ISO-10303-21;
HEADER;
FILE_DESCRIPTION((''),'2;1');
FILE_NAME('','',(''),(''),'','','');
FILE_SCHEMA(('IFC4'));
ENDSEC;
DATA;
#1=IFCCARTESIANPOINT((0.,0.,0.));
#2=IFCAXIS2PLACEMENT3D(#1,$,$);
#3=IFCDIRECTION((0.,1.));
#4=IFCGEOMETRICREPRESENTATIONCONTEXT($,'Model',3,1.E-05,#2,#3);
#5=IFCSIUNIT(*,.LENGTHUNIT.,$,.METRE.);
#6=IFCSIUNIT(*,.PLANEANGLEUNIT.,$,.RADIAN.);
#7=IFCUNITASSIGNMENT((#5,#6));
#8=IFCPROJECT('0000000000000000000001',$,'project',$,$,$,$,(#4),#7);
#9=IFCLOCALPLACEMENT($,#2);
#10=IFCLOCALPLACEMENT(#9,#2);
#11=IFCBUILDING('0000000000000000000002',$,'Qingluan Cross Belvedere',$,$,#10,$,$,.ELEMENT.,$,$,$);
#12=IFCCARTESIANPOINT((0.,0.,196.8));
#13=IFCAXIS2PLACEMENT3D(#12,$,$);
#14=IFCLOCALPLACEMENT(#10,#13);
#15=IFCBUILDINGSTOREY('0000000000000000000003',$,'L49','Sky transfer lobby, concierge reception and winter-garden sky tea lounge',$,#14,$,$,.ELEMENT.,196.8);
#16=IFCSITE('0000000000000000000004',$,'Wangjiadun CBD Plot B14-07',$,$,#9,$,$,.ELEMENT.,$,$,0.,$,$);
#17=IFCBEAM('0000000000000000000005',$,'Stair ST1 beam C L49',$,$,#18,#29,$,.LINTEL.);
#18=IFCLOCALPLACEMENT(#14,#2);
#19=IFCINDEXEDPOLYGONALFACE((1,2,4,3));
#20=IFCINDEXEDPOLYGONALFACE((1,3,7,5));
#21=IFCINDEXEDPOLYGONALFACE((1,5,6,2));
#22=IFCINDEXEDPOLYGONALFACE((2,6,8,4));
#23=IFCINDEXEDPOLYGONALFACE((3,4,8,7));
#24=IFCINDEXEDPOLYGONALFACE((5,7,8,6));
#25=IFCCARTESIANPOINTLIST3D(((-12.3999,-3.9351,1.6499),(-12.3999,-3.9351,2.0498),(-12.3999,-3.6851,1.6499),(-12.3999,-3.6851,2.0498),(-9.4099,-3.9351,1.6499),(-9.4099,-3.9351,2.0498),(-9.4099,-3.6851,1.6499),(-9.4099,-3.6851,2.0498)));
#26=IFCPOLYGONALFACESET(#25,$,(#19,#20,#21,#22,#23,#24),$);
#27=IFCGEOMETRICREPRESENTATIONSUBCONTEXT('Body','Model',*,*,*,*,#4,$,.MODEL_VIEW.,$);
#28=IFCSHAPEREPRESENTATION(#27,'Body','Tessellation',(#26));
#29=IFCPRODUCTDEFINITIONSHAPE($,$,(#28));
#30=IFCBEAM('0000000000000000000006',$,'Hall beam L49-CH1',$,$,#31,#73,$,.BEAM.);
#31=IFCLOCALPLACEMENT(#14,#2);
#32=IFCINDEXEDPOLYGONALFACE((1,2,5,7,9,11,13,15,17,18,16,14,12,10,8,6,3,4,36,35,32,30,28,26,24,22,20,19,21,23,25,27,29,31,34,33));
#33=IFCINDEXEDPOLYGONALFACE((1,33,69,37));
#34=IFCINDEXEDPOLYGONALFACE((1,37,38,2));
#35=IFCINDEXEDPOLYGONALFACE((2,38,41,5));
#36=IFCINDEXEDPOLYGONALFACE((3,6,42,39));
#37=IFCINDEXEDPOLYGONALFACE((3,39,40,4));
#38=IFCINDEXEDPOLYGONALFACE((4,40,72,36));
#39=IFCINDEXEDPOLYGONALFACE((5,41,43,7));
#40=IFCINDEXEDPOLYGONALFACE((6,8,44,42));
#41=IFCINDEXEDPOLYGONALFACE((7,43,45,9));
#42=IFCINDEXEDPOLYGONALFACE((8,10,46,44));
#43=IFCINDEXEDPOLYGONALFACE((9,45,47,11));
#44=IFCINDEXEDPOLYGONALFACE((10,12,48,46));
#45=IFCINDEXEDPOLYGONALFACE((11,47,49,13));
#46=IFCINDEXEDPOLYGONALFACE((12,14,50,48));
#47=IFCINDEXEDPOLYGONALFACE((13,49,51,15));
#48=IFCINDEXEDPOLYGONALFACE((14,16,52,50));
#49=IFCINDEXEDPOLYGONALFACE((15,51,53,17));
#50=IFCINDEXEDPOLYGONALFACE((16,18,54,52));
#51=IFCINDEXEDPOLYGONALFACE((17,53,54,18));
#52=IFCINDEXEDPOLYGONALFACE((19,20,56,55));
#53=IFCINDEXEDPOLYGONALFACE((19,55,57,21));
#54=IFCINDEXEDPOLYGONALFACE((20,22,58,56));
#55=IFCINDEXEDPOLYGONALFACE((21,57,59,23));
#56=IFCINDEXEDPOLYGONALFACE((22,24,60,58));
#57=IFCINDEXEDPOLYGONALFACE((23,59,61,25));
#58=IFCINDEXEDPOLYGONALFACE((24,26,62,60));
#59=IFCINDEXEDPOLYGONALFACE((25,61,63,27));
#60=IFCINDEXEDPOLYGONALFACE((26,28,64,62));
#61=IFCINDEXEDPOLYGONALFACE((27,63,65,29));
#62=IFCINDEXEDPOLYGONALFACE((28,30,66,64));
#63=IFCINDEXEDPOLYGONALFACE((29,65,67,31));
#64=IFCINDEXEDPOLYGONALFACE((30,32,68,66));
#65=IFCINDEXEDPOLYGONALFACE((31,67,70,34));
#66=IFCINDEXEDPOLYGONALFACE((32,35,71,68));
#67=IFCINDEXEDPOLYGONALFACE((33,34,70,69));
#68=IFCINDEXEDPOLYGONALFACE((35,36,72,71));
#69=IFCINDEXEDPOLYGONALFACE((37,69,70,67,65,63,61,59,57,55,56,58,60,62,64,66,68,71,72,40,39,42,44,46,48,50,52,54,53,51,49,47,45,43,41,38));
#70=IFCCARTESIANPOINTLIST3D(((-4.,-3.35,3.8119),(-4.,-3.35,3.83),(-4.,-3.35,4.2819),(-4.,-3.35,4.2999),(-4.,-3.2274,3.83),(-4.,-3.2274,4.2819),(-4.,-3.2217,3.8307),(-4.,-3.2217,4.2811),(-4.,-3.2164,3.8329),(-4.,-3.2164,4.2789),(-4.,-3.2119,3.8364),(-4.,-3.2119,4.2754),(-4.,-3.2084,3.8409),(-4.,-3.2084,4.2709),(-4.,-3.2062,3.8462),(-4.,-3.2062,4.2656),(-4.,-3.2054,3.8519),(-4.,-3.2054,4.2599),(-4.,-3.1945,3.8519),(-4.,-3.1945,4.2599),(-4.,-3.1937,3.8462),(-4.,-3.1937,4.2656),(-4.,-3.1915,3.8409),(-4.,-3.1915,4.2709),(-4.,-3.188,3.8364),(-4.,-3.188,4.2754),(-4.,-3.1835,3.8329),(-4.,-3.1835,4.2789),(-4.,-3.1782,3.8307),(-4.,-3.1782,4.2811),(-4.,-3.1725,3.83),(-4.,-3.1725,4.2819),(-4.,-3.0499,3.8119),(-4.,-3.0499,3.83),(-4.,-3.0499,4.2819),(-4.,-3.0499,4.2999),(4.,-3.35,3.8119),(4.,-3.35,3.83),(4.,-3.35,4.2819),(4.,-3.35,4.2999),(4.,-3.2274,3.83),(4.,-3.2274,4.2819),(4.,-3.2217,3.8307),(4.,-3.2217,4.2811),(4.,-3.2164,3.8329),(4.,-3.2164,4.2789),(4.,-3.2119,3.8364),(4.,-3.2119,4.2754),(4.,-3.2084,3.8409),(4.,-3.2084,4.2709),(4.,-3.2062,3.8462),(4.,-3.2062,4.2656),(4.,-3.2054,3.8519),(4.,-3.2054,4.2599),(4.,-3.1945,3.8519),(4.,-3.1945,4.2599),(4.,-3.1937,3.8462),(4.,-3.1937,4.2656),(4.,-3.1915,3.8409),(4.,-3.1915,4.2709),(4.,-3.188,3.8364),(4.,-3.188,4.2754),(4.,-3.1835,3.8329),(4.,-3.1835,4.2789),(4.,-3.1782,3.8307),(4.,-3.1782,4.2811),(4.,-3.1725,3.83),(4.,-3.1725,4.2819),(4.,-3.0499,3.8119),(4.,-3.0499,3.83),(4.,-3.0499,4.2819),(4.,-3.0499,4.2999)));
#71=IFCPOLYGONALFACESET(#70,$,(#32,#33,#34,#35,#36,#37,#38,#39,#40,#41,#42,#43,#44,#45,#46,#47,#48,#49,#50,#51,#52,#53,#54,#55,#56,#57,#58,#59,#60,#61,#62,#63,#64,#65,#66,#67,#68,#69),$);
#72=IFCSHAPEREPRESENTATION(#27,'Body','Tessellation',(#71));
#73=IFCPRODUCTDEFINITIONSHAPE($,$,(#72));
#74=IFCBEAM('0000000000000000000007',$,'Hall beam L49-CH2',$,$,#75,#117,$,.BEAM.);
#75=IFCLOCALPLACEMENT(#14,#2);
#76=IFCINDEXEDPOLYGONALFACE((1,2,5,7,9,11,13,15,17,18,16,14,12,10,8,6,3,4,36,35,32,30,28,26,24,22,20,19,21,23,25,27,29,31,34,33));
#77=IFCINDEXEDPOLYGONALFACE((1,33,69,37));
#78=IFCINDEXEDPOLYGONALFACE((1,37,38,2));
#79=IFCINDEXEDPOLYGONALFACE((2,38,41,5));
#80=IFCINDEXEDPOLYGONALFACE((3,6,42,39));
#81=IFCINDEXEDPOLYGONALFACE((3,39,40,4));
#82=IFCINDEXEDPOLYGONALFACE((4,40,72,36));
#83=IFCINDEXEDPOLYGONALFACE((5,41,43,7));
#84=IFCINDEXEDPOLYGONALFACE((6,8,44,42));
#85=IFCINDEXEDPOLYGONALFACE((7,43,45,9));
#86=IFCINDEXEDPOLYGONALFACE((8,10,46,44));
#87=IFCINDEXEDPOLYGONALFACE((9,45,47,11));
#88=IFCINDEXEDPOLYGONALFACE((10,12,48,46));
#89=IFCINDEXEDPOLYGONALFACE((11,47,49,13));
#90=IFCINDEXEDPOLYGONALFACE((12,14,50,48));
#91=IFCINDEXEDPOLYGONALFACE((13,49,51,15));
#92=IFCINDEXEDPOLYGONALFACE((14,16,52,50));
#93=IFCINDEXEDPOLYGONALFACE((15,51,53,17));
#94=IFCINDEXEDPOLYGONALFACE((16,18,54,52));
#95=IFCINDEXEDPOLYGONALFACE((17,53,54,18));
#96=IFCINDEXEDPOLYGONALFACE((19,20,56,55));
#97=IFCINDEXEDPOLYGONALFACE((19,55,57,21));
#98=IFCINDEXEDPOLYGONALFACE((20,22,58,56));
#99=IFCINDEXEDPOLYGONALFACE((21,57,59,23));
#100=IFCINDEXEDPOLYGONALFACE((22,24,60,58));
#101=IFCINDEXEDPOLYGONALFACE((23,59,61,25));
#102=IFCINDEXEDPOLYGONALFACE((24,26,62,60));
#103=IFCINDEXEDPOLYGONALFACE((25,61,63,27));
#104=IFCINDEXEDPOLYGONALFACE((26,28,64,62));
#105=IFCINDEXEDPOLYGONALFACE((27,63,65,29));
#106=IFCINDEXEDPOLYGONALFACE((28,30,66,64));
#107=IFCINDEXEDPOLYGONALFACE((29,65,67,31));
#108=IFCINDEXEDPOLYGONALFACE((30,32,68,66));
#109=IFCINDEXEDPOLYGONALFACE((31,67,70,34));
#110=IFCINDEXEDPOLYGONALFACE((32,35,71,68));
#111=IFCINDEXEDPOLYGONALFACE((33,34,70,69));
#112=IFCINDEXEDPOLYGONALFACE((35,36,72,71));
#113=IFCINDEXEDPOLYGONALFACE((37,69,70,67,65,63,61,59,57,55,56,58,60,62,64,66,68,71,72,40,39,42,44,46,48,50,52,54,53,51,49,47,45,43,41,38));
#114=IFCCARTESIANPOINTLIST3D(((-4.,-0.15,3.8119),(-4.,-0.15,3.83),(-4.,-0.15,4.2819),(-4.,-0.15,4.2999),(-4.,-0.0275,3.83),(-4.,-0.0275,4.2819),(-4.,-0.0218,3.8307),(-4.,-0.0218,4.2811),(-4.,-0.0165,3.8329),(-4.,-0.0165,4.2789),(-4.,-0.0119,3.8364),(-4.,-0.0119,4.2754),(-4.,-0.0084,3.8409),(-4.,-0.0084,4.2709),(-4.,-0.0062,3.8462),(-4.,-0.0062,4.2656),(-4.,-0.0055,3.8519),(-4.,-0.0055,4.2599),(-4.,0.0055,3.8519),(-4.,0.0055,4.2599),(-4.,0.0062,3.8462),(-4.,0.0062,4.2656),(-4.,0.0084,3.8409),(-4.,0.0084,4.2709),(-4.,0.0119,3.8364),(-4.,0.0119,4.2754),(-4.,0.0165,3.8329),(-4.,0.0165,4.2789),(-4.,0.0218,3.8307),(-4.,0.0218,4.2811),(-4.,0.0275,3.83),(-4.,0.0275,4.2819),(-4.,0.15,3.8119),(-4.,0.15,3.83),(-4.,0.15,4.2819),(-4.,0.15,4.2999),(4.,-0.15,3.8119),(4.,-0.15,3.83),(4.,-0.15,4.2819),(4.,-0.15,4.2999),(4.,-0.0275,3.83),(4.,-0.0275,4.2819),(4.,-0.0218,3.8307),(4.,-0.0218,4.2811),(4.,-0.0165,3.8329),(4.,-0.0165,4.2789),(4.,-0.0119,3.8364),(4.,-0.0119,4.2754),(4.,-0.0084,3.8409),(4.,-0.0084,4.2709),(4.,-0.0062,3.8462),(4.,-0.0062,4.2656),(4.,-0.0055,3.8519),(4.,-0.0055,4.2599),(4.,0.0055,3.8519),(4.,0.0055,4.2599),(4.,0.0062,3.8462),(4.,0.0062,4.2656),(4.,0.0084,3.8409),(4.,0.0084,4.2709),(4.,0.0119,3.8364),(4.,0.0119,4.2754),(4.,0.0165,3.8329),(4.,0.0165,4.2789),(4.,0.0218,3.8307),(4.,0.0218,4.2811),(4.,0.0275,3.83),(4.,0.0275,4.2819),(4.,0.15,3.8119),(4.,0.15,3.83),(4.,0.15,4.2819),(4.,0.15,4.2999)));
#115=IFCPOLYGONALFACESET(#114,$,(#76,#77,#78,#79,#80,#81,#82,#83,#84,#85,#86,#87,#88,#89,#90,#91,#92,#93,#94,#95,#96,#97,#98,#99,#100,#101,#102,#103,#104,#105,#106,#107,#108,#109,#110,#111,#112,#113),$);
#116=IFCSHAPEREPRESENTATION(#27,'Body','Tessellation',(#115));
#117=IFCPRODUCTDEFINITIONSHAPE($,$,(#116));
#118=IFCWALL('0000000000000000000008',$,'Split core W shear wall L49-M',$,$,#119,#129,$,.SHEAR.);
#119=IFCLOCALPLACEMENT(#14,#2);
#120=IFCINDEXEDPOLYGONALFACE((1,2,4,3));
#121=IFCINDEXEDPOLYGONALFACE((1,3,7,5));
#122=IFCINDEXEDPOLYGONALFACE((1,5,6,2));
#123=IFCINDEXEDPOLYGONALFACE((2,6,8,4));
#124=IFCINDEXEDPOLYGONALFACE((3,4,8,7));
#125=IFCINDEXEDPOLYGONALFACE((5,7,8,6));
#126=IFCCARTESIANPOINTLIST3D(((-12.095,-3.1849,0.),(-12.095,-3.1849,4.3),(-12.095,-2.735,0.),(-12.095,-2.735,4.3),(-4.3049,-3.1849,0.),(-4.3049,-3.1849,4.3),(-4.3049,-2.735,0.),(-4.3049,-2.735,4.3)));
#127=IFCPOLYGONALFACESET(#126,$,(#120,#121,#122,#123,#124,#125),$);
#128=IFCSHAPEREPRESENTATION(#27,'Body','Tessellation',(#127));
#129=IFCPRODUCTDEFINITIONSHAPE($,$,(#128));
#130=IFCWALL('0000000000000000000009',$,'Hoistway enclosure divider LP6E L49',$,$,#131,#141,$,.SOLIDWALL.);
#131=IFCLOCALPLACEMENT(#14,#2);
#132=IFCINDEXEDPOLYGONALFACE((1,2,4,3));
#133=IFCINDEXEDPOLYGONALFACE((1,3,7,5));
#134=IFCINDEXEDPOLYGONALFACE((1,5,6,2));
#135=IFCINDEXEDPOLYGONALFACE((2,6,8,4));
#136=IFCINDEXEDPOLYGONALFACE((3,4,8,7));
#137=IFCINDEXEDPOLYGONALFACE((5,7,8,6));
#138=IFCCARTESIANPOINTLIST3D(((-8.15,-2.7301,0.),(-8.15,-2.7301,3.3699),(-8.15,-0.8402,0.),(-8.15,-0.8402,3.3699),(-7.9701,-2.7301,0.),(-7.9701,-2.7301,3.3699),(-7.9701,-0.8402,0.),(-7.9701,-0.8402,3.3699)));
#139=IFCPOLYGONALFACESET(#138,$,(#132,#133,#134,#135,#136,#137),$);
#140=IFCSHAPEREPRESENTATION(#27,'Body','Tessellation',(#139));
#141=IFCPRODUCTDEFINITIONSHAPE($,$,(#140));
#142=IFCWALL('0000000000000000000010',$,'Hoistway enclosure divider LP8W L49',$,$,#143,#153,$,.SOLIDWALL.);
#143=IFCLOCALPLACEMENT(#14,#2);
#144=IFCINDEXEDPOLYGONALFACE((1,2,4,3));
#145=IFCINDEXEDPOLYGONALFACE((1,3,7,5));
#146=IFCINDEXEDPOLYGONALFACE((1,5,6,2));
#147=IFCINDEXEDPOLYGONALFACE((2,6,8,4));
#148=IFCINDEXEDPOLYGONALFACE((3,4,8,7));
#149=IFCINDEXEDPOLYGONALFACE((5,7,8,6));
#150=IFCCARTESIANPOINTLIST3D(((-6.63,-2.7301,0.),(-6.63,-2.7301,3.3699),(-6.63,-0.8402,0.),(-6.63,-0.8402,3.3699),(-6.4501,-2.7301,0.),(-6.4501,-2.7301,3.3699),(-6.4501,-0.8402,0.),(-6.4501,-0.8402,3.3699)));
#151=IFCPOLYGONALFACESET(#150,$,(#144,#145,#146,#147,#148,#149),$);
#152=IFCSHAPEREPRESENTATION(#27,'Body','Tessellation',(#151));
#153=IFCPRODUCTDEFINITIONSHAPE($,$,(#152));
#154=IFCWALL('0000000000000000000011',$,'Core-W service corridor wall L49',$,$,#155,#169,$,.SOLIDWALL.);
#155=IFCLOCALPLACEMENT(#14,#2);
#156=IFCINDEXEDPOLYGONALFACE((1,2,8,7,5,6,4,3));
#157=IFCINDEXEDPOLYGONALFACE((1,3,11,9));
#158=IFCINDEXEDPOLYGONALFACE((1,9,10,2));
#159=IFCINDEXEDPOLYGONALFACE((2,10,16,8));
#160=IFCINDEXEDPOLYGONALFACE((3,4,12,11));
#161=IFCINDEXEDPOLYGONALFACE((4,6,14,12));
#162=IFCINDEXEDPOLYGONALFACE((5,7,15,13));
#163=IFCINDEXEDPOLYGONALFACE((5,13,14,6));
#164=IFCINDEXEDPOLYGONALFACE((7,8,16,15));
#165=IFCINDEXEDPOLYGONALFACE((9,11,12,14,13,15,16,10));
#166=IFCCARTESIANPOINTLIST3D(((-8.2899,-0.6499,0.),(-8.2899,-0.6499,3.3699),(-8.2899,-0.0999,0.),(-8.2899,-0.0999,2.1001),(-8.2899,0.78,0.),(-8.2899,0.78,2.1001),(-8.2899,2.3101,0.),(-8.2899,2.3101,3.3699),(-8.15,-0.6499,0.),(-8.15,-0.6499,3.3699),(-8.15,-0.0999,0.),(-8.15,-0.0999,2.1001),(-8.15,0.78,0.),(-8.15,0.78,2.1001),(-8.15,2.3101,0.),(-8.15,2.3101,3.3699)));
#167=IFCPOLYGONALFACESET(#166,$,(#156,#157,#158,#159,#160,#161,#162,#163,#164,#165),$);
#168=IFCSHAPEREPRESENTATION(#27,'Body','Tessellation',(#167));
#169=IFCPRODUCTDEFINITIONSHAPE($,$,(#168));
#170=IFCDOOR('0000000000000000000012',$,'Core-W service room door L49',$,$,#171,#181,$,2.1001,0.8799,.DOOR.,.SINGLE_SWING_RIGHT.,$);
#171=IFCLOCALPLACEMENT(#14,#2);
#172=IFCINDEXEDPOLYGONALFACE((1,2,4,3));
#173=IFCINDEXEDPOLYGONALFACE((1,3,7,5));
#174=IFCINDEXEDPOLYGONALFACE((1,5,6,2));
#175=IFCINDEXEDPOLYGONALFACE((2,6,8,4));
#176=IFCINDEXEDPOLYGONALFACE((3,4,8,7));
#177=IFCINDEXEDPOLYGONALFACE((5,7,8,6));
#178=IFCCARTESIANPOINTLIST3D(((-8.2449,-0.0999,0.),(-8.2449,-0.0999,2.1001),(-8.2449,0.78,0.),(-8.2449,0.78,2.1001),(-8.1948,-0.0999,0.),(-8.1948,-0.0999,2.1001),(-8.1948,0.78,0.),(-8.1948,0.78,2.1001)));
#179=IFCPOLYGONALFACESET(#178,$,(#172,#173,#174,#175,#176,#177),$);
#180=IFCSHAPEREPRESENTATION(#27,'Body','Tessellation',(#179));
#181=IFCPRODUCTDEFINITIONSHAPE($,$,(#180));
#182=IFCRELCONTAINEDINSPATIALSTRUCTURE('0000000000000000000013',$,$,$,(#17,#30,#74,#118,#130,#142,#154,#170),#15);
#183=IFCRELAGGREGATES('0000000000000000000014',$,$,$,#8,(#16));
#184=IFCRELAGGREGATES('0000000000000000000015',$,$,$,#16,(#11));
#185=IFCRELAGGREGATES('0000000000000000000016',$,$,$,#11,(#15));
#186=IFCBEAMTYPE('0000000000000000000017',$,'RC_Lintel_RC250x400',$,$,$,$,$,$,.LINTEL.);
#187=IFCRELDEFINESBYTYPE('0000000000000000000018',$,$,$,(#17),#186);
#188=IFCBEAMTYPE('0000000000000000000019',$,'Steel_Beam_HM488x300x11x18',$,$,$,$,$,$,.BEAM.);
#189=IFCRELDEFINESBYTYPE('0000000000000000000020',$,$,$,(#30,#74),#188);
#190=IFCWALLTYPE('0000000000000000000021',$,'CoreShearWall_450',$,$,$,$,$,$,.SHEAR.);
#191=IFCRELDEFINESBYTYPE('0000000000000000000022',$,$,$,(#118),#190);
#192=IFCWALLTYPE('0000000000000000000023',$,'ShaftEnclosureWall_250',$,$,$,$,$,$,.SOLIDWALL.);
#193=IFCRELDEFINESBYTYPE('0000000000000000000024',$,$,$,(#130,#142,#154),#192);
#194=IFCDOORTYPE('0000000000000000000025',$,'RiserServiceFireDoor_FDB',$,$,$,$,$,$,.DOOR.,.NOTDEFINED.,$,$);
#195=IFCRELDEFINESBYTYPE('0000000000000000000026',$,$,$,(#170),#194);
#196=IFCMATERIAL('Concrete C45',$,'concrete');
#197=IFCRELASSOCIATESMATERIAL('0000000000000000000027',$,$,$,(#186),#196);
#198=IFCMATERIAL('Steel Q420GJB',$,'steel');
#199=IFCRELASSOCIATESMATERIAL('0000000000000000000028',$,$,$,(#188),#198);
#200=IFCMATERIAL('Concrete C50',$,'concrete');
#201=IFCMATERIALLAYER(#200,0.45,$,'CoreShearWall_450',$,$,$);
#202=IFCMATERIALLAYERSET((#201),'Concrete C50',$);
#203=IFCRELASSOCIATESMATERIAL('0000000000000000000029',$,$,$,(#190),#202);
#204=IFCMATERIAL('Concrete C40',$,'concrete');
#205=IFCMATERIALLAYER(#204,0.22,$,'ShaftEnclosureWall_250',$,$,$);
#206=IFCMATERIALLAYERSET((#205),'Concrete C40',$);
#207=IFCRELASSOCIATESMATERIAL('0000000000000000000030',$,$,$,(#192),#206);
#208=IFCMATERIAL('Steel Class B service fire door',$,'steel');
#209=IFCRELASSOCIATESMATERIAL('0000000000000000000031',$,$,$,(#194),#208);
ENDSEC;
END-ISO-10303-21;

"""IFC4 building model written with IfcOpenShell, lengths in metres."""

from ifc_helpers import new_model, si_unit, direction, frame, frame_2d, origin, origin_2d, place, context, subcontext, project, spatial, rectangle, i_section, extrude, material, layer, layer_set, material_profile, profile_set, type_object, element, fill, save


model = new_model("IFC4")

# Units and contexts
model_context = context("Model", 3, precision=1e-05, world=origin(), true_north=direction((0.0, 1.0)))
body_context = subcontext(model_context, "Body", "Model", "MODEL_VIEW")
ifc_project = project(units=[si_unit("LENGTHUNIT", "METRE"), si_unit("PLANEANGLEUNIT", "RADIAN")], contexts=[model_context])

# Site, building, storey
site_placement = place(None, origin())
site = spatial("IfcSite", under=ifc_project, at=site_placement, Name="Wangjiadun CBD Plot B14-07", CompositionType="ELEMENT", RefElevation=0.0)
building_placement = place(site_placement, origin())
building = spatial("IfcBuilding", under=site, at=building_placement, Name="Qingluan Cross Belvedere", CompositionType="ELEMENT")
storey_placement = place(building_placement, frame((0.0, 0.0, 196.8)))
storey = spatial("IfcBuildingStorey", under=building, at=storey_placement, Name="L49", Description="Sky transfer lobby, concierge reception and winter-garden sky tea lounge", CompositionType="ELEMENT", Elevation=196.8)

# Beams
ifc_material_1 = material(Name="Concrete C45", Category="concrete")
ifc_material_profile_1 = material_profile(ifc_material_1, rectangle(XDim=0.25, YDim=0.3999, at=origin_2d()), Name="RC250x400")
ifc_profile_set_1 = profile_set([ifc_material_profile_1], Name="Concrete C45")
beam_type_1 = type_object("IfcBeamType", Name="RC_Lintel_RC250x400", PredefinedType="LINTEL", material=ifc_profile_set_1)
beam_placement = place(storey_placement, frame((-12.3999, -3.8101, 1.8499), z_axis=(1.0, 0.0, 0.0), x_axis=(0.0, 1.0, 0.0)))
element("IfcBeam", 1, at=beam_placement, inside=storey, type_object=beam_type_1, Name="Stair ST1 beam C L49", PredefinedType="LINTEL", context=body_context, shape_type="SweptSolid", body=[
    extrude(rectangle(XDim=0.25, YDim=0.3999, at=origin_2d()), origin(), (0.0, 0.0, 1.0), 2.99),
])
ifc_material_2 = material(Name="Steel Q420GJB", Category="steel")
ifc_material_profile_2 = material_profile(ifc_material_2, i_section(OverallWidth=0.3, OverallDepth=0.488, WebThickness=0.011, FlangeThickness=0.0181, FilletRadius=0.022, at=origin_2d()), Name="HM488x300x11x18")
ifc_profile_set_2 = profile_set([ifc_material_profile_2], Name="Steel Q420GJB")
beam_type_2 = type_object("IfcBeamType", Name="Steel_Beam_HM488x300x11x18", PredefinedType="BEAM", material=ifc_profile_set_2)
for number, where, z_axis, x_axis, name in (
    (2, (-4.0, -3.2, 4.0559), (1.0, 0.0, 0.0), (0.0, 1.0, 0.0), "Hall beam L49-CH1"),
    (3, (-4.0, 0.0, 4.0559), (1.0, 0.0, 0.0), (0.0, 1.0, 0.0), "Hall beam L49-CH2"),
):
    element("IfcBeam", number, at=place(storey_placement, frame(where, z_axis=z_axis, x_axis=x_axis)), inside=storey, type_object=beam_type_2, Name=name, PredefinedType="BEAM", context=body_context, shape_type="SweptSolid", body=[
        extrude(i_section(OverallWidth=0.3, OverallDepth=0.488, WebThickness=0.011, FlangeThickness=0.0181, FilletRadius=0.022, at=origin_2d()), origin(), (0.0, 0.0, 1.0), 8.0),
    ])

# Wall
ifc_material_3 = material(Name="Concrete C50", Category="concrete")
ifc_layer_1 = layer(ifc_material_3, 0.45, Name="CoreShearWall_450")
ifc_layer_set_1 = layer_set([ifc_layer_1], Name="Concrete C50")
wall_type_1 = type_object("IfcWallType", Name="CoreShearWall_450", PredefinedType="SHEAR", material=ifc_layer_set_1)
wall_1_placement = place(storey_placement, frame((-12.095, -2.96, 0.0), z_axis=(0.0, 0.0, 1.0), x_axis=(1.0, 0.0, 0.0)))
element("IfcWall", 4, at=wall_1_placement, inside=storey, type_object=wall_type_1, Name="Split core W shear wall L49-M", PredefinedType="SHEAR", context=body_context, shape_type="SweptSolid", body=[
    extrude(rectangle(XDim=7.79, YDim=0.45, at=frame_2d((3.895, 0.0))), origin(), (0.0, 0.0, 1.0), 4.3),
])

# Shared definitions
ifc_material_4 = material(Name="Concrete C40", Category="concrete")
ifc_layer_2 = layer(ifc_material_4, 0.22, Name="ShaftEnclosureWall_250")
ifc_layer_set_2 = layer_set([ifc_layer_2], Name="Concrete C40")
wall_type_2 = type_object("IfcWallType", Name="ShaftEnclosureWall_250", PredefinedType="SOLIDWALL", material=ifc_layer_set_2)

# Walls
for number, where, z_axis, x_axis, name in (
    (5, (-8.0601, -2.73, 0.0), (0.0, 0.0, 1.0), (0.0, 1.0, 0.0), "Hoistway enclosure divider LP6E L49"),
    (6, (-6.54, -2.73, 0.0), (0.0, 0.0, 1.0), (0.0, 1.0, 0.0), "Hoistway enclosure divider LP8W L49"),
):
    element("IfcWall", number, at=place(storey_placement, frame(where, z_axis=z_axis, x_axis=x_axis)), inside=storey, type_object=wall_type_2, Name=name, PredefinedType="SOLIDWALL", context=body_context, shape_type="SweptSolid", body=[
        extrude(rectangle(XDim=1.8899, YDim=0.1799, at=frame_2d((0.9448, 0.0))), origin(), (0.0, 0.0, 1.0), 3.3699),
    ])

# Wall, opening, door
wall_2_placement = place(storey_placement, frame((-8.22, -0.6499, 0.0), z_axis=(0.0, 0.0, 1.0), x_axis=(0.0, 1.0, 0.0)))
wall_2 = element("IfcWall", 7, at=wall_2_placement, inside=storey, type_object=wall_type_2, Name="Core-W service corridor wall L49", PredefinedType="SOLIDWALL", context=body_context, shape_type="SweptSolid", body=[
    extrude(rectangle(XDim=2.96, YDim=0.1399, at=frame_2d((1.48, 0.0))), origin(), (0.0, 0.0, 1.0), 3.3699),
])
opening_1_placement = place(wall_2_placement, frame((0.55, 0.0, 0.0)))
opening_1 = element("IfcOpeningElement", 8, at=opening_1_placement, cuts=wall_2, PredefinedType="OPENING", context=body_context, shape_type="SweptSolid", body=[
    extrude(rectangle(XDim=0.8799, YDim=2.1001, at=frame_2d((0.4399, 1.05))), frame((0.0, 0.0798, 0.0), z_axis=(0.0, -1.0, 0.0), x_axis=(1.0, 0.0, 0.0)), (0.0, 0.0, 1.0), 0.1599),
])
ifc_material_5 = material(Name="Steel Class B service fire door", Category="steel")
door_type_1 = type_object("IfcDoorType", Name="RiserServiceFireDoor_FDB", OperationType="NOTDEFINED", PredefinedType="DOOR", material=ifc_material_5)
door_1_placement = place(opening_1_placement, origin())
door_1 = element("IfcDoor", 9, at=door_1_placement, inside=storey, type_object=door_type_1, Name="Core-W service room door L49", OperationType="SINGLE_SWING_RIGHT", OverallHeight=2.1001, OverallWidth=0.8799, PredefinedType="DOOR", context=body_context, shape_type="SweptSolid", body=[
    extrude(rectangle(XDim=0.8799, YDim=2.1001, at=frame_2d((0.4399, 1.05))), frame((0.0, 0.0249, 0.0), z_axis=(0.0, -1.0, 0.0), x_axis=(1.0, 0.0, 0.0)), (0.0, 0.0, 1.0), 0.05),
])
fill(opening_1, door_1)

save(model, "model.ifc")
